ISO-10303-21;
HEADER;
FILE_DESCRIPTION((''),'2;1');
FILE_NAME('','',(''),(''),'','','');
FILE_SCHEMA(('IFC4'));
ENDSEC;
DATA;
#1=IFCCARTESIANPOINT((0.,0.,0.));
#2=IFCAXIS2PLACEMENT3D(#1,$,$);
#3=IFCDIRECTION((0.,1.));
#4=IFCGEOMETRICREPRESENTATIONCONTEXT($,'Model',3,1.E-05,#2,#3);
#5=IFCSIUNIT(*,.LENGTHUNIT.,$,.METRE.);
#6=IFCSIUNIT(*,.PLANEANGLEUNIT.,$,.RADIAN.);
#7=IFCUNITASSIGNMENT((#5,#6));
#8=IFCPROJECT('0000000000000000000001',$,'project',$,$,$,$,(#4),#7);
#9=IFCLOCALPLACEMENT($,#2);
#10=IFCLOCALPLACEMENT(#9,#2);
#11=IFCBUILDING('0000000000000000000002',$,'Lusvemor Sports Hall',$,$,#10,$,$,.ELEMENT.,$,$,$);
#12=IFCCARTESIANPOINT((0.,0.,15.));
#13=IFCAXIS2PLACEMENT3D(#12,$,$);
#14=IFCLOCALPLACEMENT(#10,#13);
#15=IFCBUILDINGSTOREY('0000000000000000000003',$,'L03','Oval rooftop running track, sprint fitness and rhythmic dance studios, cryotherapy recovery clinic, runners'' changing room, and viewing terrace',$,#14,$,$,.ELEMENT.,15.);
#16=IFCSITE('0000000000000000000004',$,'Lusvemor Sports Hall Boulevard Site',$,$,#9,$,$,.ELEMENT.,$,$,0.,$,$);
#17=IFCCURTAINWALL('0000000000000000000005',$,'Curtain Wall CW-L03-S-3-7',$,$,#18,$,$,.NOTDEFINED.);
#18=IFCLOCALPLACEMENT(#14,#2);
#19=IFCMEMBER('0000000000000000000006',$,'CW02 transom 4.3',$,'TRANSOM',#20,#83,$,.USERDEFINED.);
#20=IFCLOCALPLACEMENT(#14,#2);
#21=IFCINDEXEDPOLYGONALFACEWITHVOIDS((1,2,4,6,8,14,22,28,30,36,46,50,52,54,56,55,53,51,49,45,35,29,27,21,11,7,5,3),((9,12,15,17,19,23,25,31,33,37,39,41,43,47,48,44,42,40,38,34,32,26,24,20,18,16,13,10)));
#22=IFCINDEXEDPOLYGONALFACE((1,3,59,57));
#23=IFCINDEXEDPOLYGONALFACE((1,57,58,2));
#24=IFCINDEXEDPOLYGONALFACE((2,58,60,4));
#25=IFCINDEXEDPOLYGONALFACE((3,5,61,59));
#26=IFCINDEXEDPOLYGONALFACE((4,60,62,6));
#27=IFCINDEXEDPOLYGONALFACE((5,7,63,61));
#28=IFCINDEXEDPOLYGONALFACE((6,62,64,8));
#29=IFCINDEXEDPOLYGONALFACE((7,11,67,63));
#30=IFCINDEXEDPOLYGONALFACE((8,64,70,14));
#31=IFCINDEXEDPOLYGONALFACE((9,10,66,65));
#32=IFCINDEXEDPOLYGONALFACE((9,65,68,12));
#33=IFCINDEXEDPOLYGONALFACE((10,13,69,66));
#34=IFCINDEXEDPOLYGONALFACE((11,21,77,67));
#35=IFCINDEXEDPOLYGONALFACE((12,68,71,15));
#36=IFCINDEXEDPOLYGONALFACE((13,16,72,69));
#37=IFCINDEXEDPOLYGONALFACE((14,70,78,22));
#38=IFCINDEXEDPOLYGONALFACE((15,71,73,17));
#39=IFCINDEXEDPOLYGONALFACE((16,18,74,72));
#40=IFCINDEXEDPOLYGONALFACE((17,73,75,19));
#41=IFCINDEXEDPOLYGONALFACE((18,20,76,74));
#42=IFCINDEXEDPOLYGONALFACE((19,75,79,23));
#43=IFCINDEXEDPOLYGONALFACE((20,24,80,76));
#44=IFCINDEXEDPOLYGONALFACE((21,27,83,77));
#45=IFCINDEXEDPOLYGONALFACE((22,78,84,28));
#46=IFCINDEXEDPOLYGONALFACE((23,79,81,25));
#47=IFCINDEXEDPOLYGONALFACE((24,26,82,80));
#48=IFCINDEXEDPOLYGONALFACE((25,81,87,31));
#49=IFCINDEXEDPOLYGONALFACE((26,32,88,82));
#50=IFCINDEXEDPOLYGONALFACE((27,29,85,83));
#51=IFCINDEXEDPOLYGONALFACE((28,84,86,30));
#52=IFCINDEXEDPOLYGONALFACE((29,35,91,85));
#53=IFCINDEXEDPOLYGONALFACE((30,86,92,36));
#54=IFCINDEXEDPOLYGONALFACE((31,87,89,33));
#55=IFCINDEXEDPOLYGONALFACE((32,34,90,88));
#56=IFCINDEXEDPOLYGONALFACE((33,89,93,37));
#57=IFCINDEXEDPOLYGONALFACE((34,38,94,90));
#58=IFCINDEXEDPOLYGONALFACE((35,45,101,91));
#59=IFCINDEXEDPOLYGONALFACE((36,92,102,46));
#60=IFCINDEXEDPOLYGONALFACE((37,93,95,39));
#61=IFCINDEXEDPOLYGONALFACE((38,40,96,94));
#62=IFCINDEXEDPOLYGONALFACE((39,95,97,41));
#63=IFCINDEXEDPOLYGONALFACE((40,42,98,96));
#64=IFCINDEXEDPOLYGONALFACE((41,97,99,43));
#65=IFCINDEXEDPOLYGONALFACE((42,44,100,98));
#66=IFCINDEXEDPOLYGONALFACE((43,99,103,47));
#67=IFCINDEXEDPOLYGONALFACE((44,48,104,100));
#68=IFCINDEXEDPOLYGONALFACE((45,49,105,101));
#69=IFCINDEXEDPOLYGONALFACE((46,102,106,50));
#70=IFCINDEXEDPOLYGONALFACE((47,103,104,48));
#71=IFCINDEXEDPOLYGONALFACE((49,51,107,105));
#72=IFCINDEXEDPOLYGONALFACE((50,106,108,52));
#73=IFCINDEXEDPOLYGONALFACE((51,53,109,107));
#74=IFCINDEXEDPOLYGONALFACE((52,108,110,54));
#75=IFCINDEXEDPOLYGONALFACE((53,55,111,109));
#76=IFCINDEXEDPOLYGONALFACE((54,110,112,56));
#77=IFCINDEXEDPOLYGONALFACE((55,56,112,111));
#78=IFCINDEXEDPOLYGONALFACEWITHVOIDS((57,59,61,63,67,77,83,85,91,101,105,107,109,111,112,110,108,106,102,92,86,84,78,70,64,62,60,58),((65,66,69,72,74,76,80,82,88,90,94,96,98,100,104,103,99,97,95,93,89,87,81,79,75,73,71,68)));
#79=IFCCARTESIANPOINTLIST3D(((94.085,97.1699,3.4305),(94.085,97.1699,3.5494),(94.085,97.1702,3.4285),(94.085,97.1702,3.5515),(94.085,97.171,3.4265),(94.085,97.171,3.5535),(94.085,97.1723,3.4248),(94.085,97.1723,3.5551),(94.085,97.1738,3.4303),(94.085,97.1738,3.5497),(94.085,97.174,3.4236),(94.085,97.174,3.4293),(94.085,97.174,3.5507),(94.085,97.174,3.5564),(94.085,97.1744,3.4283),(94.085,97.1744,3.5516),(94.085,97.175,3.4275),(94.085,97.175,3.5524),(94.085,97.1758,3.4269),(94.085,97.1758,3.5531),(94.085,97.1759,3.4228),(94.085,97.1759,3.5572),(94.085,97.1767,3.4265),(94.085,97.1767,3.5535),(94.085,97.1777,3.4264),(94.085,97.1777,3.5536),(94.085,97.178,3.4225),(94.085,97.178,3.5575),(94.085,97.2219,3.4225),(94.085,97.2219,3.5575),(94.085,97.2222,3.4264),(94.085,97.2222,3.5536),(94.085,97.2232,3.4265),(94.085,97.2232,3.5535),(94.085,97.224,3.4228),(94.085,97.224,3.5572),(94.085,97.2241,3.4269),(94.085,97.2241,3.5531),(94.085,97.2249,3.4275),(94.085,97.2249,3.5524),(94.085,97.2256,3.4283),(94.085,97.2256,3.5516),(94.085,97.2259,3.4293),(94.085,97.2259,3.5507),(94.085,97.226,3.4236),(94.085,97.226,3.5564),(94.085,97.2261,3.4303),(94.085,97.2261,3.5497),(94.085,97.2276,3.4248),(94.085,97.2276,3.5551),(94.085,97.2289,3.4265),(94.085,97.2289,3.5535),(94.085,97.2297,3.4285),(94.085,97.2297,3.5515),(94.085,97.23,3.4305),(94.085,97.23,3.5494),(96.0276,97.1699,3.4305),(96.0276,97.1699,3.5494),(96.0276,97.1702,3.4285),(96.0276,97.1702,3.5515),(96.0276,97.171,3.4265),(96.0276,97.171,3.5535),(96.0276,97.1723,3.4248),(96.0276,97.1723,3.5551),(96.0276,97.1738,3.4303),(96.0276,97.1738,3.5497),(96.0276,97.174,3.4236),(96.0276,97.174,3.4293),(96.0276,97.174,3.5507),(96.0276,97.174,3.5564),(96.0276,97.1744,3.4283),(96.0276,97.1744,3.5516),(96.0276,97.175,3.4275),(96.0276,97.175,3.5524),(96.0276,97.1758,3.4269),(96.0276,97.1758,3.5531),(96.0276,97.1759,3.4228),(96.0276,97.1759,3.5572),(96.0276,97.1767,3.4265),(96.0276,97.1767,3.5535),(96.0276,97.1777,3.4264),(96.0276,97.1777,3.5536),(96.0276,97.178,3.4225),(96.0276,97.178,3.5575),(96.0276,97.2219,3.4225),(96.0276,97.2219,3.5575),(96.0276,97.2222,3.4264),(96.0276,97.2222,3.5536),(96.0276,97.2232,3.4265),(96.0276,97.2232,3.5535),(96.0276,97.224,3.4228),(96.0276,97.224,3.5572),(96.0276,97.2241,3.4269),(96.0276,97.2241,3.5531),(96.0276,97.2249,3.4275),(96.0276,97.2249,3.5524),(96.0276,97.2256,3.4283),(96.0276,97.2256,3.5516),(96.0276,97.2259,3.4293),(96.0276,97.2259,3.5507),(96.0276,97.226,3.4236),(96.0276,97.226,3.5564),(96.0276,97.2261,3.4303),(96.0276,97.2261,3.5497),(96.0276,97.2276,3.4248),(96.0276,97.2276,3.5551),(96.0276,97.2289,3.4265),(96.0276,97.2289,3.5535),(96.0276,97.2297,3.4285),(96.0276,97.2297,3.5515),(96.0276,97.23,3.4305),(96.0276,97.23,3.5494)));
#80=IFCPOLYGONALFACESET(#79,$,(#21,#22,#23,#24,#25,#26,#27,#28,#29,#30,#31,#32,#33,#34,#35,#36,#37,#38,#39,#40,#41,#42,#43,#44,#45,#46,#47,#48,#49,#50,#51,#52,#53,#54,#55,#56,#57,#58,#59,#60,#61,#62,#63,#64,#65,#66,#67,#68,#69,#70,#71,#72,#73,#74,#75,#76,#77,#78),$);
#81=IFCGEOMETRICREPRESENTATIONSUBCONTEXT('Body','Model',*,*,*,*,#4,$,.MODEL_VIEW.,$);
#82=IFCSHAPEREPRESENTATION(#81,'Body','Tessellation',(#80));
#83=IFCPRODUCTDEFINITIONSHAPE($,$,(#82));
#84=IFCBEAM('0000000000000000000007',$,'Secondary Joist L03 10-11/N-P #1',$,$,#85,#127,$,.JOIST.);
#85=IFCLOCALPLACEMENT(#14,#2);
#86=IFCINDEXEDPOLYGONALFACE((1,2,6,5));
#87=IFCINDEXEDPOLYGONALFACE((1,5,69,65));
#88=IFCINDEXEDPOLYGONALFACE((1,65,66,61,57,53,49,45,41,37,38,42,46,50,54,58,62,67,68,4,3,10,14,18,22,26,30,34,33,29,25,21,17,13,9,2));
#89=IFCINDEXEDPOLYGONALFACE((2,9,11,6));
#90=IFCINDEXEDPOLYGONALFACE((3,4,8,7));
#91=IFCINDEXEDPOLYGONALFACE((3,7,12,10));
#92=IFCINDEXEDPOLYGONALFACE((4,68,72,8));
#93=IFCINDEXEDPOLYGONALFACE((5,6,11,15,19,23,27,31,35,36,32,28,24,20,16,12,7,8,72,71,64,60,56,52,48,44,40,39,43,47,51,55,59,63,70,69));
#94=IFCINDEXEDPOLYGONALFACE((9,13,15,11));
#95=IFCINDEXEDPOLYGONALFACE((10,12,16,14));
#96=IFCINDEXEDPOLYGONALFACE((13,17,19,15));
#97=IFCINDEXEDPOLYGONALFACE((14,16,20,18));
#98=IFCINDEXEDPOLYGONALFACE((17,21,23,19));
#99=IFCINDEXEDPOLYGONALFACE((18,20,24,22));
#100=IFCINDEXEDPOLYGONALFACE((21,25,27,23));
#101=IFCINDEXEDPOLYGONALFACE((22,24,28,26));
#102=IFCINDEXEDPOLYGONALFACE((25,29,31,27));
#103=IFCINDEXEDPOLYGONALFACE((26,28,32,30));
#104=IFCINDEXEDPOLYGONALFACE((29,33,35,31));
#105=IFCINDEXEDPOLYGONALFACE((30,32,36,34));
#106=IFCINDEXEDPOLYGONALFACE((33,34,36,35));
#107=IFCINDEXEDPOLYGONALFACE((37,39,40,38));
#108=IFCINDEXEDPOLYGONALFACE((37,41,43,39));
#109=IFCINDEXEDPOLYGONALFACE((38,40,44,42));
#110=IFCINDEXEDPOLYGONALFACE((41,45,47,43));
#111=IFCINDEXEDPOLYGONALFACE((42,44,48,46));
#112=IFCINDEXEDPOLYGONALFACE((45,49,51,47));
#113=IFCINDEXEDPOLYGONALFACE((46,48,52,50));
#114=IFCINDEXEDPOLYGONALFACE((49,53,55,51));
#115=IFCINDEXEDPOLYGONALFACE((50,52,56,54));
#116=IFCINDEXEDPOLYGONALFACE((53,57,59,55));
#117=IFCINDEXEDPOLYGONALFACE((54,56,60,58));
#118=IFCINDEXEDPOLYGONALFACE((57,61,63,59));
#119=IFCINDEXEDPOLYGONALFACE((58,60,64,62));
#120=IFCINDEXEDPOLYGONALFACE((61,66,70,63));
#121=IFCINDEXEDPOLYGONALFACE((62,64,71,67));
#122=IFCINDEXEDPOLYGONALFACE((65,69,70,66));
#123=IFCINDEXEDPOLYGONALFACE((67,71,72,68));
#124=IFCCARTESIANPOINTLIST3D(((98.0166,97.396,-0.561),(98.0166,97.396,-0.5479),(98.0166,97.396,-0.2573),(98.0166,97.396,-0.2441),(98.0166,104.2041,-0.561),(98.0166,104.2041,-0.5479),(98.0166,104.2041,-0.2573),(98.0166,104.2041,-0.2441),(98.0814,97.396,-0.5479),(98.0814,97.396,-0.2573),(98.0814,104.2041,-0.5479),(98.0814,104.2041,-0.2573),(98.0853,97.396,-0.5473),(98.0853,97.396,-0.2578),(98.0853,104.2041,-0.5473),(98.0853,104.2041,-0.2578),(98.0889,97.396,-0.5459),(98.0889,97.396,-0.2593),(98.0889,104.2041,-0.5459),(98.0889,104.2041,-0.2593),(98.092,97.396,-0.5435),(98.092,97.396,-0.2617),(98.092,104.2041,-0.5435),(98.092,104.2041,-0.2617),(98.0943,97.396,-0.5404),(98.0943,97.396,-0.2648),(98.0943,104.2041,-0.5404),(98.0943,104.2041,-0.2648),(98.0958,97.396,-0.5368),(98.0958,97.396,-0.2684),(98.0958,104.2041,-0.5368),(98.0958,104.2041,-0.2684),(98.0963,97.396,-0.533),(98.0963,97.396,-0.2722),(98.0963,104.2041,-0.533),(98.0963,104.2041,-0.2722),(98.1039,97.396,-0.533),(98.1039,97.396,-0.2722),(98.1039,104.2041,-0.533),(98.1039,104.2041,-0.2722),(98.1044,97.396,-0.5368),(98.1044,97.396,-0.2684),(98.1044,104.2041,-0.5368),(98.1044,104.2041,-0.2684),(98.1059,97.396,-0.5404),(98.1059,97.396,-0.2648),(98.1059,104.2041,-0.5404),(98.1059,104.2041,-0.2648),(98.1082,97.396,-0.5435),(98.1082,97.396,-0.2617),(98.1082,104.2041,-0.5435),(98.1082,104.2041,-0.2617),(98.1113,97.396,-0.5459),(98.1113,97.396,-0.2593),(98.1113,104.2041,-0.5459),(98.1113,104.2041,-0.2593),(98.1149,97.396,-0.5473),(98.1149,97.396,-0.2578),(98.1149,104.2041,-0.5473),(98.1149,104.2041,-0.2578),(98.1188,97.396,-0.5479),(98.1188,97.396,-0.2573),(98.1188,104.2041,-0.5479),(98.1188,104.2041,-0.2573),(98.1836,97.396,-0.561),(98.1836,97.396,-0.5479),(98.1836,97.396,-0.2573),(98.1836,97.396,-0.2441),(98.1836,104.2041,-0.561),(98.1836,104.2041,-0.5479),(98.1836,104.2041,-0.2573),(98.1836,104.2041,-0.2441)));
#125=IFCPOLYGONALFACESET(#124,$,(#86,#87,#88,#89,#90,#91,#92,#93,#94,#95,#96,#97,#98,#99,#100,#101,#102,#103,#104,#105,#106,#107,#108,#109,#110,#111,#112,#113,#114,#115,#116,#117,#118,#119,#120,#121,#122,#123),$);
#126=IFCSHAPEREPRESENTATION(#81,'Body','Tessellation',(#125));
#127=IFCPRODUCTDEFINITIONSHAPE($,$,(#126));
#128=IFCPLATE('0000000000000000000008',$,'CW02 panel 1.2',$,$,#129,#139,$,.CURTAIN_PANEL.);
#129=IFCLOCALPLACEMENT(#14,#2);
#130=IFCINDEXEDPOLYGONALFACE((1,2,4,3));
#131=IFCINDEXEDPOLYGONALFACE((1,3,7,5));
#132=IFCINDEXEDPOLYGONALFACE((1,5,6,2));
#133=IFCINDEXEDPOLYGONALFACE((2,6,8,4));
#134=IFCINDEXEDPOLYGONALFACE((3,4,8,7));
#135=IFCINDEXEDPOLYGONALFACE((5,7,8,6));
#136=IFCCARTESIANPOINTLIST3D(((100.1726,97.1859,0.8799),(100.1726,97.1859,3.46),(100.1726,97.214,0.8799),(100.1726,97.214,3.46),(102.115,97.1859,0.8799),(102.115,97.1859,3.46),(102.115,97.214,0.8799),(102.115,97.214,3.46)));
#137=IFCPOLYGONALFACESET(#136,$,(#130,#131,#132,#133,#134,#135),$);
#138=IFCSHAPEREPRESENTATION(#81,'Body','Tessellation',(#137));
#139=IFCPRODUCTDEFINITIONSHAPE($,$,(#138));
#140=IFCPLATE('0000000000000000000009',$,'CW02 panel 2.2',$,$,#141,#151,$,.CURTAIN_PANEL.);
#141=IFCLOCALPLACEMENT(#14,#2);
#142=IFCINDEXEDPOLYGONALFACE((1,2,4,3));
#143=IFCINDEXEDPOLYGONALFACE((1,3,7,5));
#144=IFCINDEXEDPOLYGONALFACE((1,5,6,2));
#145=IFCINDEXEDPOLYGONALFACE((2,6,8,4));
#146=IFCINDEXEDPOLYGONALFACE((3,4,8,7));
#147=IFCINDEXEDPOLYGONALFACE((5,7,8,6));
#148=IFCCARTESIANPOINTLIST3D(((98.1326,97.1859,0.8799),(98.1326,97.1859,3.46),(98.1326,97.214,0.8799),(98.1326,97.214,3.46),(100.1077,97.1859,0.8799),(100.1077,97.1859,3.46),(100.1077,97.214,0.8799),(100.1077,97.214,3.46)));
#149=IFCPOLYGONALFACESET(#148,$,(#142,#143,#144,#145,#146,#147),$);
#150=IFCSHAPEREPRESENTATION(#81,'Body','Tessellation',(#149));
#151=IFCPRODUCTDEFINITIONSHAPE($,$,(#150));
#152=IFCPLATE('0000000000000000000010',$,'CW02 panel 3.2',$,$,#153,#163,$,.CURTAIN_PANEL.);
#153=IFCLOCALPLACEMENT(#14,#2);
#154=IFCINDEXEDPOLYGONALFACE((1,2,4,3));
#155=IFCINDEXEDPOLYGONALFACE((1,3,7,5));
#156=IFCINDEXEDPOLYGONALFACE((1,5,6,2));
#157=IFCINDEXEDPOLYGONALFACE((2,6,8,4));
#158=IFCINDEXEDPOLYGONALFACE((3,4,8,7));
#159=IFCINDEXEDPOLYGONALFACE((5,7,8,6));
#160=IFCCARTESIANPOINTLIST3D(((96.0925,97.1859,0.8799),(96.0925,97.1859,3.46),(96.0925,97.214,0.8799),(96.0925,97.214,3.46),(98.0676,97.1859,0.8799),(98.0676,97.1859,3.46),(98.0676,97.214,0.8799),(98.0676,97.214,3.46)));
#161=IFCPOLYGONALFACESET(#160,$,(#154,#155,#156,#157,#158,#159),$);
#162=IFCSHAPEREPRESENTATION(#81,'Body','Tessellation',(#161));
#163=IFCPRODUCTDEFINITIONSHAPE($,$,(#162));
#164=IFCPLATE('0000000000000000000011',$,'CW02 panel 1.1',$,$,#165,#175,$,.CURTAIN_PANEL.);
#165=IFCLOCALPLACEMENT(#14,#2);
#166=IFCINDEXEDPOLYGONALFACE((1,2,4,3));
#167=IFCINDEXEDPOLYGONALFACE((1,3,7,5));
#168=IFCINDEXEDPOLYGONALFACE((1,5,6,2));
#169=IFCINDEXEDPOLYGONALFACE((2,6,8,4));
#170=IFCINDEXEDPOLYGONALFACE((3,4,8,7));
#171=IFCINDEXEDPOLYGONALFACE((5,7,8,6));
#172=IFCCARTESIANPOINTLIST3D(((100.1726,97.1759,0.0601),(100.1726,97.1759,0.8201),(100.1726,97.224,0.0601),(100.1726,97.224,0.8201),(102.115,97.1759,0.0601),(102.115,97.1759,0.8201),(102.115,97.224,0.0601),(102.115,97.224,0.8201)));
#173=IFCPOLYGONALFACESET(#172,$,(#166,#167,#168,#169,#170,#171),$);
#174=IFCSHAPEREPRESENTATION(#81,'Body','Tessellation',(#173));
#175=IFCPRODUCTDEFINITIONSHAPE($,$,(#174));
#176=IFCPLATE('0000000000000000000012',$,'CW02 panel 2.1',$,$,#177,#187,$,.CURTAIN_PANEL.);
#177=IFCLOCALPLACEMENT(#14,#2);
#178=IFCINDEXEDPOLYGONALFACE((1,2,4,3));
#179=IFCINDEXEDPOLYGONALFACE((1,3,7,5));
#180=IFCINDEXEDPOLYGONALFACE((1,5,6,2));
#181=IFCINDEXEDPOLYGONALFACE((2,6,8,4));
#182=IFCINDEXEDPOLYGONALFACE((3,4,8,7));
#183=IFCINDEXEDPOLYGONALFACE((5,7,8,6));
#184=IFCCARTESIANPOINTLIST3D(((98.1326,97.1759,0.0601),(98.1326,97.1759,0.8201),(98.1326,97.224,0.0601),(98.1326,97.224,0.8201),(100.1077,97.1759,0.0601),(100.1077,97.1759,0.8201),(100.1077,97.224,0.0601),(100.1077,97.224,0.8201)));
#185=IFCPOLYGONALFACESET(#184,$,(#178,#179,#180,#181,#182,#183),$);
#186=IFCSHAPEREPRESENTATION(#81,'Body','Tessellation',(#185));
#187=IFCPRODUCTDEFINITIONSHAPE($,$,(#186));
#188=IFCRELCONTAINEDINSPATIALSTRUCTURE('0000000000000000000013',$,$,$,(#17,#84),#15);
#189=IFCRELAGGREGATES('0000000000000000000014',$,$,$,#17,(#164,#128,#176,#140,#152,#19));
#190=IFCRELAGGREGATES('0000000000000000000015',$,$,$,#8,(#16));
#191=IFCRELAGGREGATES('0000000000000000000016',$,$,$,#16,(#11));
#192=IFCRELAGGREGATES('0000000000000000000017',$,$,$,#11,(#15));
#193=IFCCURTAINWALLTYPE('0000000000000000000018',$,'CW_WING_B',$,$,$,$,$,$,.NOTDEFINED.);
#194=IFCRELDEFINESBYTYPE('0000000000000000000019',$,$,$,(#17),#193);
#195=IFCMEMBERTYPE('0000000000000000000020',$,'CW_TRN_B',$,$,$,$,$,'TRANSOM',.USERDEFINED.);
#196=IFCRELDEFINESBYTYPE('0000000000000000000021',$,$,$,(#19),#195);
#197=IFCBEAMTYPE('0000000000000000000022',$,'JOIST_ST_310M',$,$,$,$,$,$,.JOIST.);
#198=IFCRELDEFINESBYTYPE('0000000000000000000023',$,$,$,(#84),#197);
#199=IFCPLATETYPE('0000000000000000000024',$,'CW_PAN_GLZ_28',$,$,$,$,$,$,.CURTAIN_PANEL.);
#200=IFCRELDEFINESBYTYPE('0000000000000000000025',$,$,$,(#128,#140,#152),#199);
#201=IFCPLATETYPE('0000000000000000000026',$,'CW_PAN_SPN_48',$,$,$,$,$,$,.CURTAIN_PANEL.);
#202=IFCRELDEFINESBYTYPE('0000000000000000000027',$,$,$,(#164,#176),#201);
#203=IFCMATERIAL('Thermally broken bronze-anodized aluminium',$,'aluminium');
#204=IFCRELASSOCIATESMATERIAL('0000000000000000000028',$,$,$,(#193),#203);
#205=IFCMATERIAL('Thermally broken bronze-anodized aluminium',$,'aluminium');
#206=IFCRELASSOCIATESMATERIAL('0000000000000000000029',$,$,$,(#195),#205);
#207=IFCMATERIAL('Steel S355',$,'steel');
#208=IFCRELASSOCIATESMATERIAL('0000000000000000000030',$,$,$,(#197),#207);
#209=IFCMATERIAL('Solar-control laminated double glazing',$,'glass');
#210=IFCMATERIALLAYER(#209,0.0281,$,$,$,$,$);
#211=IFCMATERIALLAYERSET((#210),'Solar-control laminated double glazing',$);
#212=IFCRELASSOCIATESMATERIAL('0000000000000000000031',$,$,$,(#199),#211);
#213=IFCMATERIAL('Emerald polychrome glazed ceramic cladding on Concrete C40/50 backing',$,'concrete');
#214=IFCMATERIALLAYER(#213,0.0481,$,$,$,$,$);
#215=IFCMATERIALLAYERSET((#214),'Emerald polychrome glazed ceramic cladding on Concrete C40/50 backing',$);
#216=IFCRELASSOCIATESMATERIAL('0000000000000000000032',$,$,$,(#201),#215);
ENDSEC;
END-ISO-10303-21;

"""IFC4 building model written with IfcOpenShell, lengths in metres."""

from ifc_helpers import new_model, si_unit, direction, frame, origin, origin_2d, place, context, subcontext, project, spatial, rectangle, hollow_rectangle, i_section, extrude, material, layer, layer_set, material_profile, profile_set, type_object, element, aggregate, save


model = new_model("IFC4")

# Units and contexts
model_context = context("Model", 3, precision=1e-05, world=origin(), true_north=direction((0.0, 1.0)))
body_context = subcontext(model_context, "Body", "Model", "MODEL_VIEW")
ifc_project = project(units=[si_unit("LENGTHUNIT", "METRE"), si_unit("PLANEANGLEUNIT", "RADIAN")], contexts=[model_context])

# Site, building, storey
site_placement = place(None, origin())
site = spatial("IfcSite", under=ifc_project, at=site_placement, Name="Lusvemor Sports Hall Boulevard Site", CompositionType="ELEMENT", RefElevation=0.0)
building_placement = place(site_placement, origin())
building = spatial("IfcBuilding", under=site, at=building_placement, Name="Lusvemor Sports Hall", CompositionType="ELEMENT")
storey_placement = place(building_placement, frame((0.0, 0.0, 15.0)))
storey = spatial("IfcBuildingStorey", under=building, at=storey_placement, Name="L03", Description="Oval rooftop running track, sprint fitness and rhythmic dance studios, cryotherapy recovery clinic, runners' changing room, and viewing terrace", CompositionType="ELEMENT", Elevation=15.0)

# Curtain wall, member
ifc_material_1 = material(Name="Thermally broken bronze-anodized aluminium", Category="aluminium")
curtain_wall_type = type_object("IfcCurtainWallType", Name="CW_WING_B", PredefinedType="NOTDEFINED", material=ifc_material_1)
curtain_wall_placement = place(storey_placement, origin())
curtain_wall = element("IfcCurtainWall", 1, at=curtain_wall_placement, inside=storey, type_object=curtain_wall_type, Name="Curtain Wall CW-L03-S-3-7", PredefinedType="NOTDEFINED")
ifc_material_2 = material(Name="Thermally broken bronze-anodized aluminium", Category="aluminium")
ifc_material_profile_1 = material_profile(ifc_material_2, hollow_rectangle(XDim=0.0601, YDim=0.135, WallThickness=0.0039, InnerFilletRadius=0.0039, OuterFilletRadius=0.0081, at=origin_2d()), Name="CWTRN135x60x4")
ifc_profile_set_1 = profile_set([ifc_material_profile_1], Name="Thermally broken bronze-anodized aluminium")
member_type_1 = type_object("IfcMemberType", Name="CW_TRN_B", ElementType="TRANSOM", PredefinedType="USERDEFINED", material=ifc_profile_set_1)
member_1_placement = place(storey_placement, frame((96.0276, 97.2, 3.49), z_axis=(-1.0, 0.0, 0.0), x_axis=(0.0, -1.0, 0.0)))
member_1 = element("IfcMember", 2, at=member_1_placement, type_object=member_type_1, Name="CW02 transom 4.3", ObjectType="TRANSOM", PredefinedType="USERDEFINED", context=body_context, shape_type="SweptSolid", body=[
    extrude(hollow_rectangle(XDim=0.0601, YDim=0.135, WallThickness=0.0039, InnerFilletRadius=0.0039, OuterFilletRadius=0.0081, at=origin_2d()), origin(), (0.0, 0.0, 1.0), 1.9426),
])

# Beam
ifc_material_3 = material(Name="Steel S355", Category="steel")
ifc_material_profile_2 = material_profile(ifc_material_3, i_section(OverallWidth=0.167, OverallDepth=0.3169, WebThickness=0.0076, FlangeThickness=0.0132, FilletRadius=0.0149, at=origin_2d()), Name="W310x52.0")
ifc_profile_set_2 = profile_set([ifc_material_profile_2], Name="Steel S355")
beam_type = type_object("IfcBeamType", Name="JOIST_ST_310M", PredefinedType="JOIST", material=ifc_profile_set_2)
beam_placement = place(storey_placement, frame((98.1001, 97.396, -0.4026), z_axis=(0.0, 1.0, 0.0), x_axis=(-1.0, 0.0, 0.0)))
element("IfcBeam", 3, at=beam_placement, inside=storey, type_object=beam_type, Name="Secondary Joist L03 10-11/N-P #1", PredefinedType="JOIST", context=body_context, shape_type="SweptSolid", body=[
    extrude(i_section(OverallWidth=0.167, OverallDepth=0.3169, WebThickness=0.0076, FlangeThickness=0.0132, FilletRadius=0.0149, at=origin_2d()), origin(), (0.0, 0.0, 1.0), 6.8081),
])

# Plates
ifc_material_4 = material(Name="Solar-control laminated double glazing", Category="glass")
ifc_layer_1 = layer(ifc_material_4, 0.0281)
ifc_layer_set_1 = layer_set([ifc_layer_1], Name="Solar-control laminated double glazing")
plate_type_1 = type_object("IfcPlateType", Name="CW_PAN_GLZ_28", PredefinedType="CURTAIN_PANEL", material=ifc_layer_set_1)
plate_1_placement = place(storey_placement, frame((101.1438, 97.2, 0.8799), z_axis=(0.0, 0.0, 1.0), x_axis=(-1.0, 0.0, 0.0)))
plate_1 = element("IfcPlate", 4, at=plate_1_placement, type_object=plate_type_1, Name="CW02 panel 1.2", PredefinedType="CURTAIN_PANEL", context=body_context, shape_type="SweptSolid", body=[
    extrude(rectangle(XDim=1.9424, YDim=0.0281, at=origin_2d()), origin(), (0.0, 0.0, 1.0), 2.5801),
])
plate_2_placement = place(storey_placement, frame((99.1201, 97.2, 0.8799), z_axis=(0.0, 0.0, 1.0), x_axis=(-1.0, 0.0, 0.0)))
plate_2 = element("IfcPlate", 5, at=plate_2_placement, type_object=plate_type_1, Name="CW02 panel 2.2", PredefinedType="CURTAIN_PANEL", context=body_context, shape_type="SweptSolid", body=[
    extrude(rectangle(XDim=1.9751, YDim=0.0281, at=origin_2d()), origin(), (0.0, 0.0, 1.0), 2.5801),
])
plate_3_placement = place(storey_placement, frame((97.0801, 97.2, 0.8799), z_axis=(0.0, 0.0, 1.0), x_axis=(-1.0, 0.0, 0.0)))
plate_3 = element("IfcPlate", 6, at=plate_3_placement, type_object=plate_type_1, Name="CW02 panel 3.2", PredefinedType="CURTAIN_PANEL", context=body_context, shape_type="SweptSolid", body=[
    extrude(rectangle(XDim=1.9751, YDim=0.0281, at=origin_2d()), origin(), (0.0, 0.0, 1.0), 2.5801),
])
ifc_material_5 = material(Name="Emerald polychrome glazed ceramic cladding on Concrete C40/50 backing", Category="concrete")
ifc_layer_2 = layer(ifc_material_5, 0.0481)
ifc_layer_set_2 = layer_set([ifc_layer_2], Name="Emerald polychrome glazed ceramic cladding on Concrete C40/50 backing")
plate_type_2 = type_object("IfcPlateType", Name="CW_PAN_SPN_48", PredefinedType="CURTAIN_PANEL", material=ifc_layer_set_2)
plate_4_placement = place(storey_placement, frame((101.1438, 97.2, 0.0601), z_axis=(0.0, 0.0, 1.0), x_axis=(-1.0, 0.0, 0.0)))
plate_4 = element("IfcPlate", 7, at=plate_4_placement, type_object=plate_type_2, Name="CW02 panel 1.1", PredefinedType="CURTAIN_PANEL", context=body_context, shape_type="SweptSolid", body=[
    extrude(rectangle(XDim=1.9424, YDim=0.0481, at=origin_2d()), origin(), (0.0, 0.0, 1.0), 0.76),
])
plate_5_placement = place(storey_placement, frame((99.1201, 97.2, 0.0601), z_axis=(0.0, 0.0, 1.0), x_axis=(-1.0, 0.0, 0.0)))
plate_5 = element("IfcPlate", 8, at=plate_5_placement, type_object=plate_type_2, Name="CW02 panel 2.1", PredefinedType="CURTAIN_PANEL", context=body_context, shape_type="SweptSolid", body=[
    extrude(rectangle(XDim=1.9751, YDim=0.0481, at=origin_2d()), origin(), (0.0, 0.0, 1.0), 0.76),
])
aggregate(curtain_wall, [plate_4, plate_1, plate_5, plate_2, plate_3, member_1])

save(model, "model.ifc")
